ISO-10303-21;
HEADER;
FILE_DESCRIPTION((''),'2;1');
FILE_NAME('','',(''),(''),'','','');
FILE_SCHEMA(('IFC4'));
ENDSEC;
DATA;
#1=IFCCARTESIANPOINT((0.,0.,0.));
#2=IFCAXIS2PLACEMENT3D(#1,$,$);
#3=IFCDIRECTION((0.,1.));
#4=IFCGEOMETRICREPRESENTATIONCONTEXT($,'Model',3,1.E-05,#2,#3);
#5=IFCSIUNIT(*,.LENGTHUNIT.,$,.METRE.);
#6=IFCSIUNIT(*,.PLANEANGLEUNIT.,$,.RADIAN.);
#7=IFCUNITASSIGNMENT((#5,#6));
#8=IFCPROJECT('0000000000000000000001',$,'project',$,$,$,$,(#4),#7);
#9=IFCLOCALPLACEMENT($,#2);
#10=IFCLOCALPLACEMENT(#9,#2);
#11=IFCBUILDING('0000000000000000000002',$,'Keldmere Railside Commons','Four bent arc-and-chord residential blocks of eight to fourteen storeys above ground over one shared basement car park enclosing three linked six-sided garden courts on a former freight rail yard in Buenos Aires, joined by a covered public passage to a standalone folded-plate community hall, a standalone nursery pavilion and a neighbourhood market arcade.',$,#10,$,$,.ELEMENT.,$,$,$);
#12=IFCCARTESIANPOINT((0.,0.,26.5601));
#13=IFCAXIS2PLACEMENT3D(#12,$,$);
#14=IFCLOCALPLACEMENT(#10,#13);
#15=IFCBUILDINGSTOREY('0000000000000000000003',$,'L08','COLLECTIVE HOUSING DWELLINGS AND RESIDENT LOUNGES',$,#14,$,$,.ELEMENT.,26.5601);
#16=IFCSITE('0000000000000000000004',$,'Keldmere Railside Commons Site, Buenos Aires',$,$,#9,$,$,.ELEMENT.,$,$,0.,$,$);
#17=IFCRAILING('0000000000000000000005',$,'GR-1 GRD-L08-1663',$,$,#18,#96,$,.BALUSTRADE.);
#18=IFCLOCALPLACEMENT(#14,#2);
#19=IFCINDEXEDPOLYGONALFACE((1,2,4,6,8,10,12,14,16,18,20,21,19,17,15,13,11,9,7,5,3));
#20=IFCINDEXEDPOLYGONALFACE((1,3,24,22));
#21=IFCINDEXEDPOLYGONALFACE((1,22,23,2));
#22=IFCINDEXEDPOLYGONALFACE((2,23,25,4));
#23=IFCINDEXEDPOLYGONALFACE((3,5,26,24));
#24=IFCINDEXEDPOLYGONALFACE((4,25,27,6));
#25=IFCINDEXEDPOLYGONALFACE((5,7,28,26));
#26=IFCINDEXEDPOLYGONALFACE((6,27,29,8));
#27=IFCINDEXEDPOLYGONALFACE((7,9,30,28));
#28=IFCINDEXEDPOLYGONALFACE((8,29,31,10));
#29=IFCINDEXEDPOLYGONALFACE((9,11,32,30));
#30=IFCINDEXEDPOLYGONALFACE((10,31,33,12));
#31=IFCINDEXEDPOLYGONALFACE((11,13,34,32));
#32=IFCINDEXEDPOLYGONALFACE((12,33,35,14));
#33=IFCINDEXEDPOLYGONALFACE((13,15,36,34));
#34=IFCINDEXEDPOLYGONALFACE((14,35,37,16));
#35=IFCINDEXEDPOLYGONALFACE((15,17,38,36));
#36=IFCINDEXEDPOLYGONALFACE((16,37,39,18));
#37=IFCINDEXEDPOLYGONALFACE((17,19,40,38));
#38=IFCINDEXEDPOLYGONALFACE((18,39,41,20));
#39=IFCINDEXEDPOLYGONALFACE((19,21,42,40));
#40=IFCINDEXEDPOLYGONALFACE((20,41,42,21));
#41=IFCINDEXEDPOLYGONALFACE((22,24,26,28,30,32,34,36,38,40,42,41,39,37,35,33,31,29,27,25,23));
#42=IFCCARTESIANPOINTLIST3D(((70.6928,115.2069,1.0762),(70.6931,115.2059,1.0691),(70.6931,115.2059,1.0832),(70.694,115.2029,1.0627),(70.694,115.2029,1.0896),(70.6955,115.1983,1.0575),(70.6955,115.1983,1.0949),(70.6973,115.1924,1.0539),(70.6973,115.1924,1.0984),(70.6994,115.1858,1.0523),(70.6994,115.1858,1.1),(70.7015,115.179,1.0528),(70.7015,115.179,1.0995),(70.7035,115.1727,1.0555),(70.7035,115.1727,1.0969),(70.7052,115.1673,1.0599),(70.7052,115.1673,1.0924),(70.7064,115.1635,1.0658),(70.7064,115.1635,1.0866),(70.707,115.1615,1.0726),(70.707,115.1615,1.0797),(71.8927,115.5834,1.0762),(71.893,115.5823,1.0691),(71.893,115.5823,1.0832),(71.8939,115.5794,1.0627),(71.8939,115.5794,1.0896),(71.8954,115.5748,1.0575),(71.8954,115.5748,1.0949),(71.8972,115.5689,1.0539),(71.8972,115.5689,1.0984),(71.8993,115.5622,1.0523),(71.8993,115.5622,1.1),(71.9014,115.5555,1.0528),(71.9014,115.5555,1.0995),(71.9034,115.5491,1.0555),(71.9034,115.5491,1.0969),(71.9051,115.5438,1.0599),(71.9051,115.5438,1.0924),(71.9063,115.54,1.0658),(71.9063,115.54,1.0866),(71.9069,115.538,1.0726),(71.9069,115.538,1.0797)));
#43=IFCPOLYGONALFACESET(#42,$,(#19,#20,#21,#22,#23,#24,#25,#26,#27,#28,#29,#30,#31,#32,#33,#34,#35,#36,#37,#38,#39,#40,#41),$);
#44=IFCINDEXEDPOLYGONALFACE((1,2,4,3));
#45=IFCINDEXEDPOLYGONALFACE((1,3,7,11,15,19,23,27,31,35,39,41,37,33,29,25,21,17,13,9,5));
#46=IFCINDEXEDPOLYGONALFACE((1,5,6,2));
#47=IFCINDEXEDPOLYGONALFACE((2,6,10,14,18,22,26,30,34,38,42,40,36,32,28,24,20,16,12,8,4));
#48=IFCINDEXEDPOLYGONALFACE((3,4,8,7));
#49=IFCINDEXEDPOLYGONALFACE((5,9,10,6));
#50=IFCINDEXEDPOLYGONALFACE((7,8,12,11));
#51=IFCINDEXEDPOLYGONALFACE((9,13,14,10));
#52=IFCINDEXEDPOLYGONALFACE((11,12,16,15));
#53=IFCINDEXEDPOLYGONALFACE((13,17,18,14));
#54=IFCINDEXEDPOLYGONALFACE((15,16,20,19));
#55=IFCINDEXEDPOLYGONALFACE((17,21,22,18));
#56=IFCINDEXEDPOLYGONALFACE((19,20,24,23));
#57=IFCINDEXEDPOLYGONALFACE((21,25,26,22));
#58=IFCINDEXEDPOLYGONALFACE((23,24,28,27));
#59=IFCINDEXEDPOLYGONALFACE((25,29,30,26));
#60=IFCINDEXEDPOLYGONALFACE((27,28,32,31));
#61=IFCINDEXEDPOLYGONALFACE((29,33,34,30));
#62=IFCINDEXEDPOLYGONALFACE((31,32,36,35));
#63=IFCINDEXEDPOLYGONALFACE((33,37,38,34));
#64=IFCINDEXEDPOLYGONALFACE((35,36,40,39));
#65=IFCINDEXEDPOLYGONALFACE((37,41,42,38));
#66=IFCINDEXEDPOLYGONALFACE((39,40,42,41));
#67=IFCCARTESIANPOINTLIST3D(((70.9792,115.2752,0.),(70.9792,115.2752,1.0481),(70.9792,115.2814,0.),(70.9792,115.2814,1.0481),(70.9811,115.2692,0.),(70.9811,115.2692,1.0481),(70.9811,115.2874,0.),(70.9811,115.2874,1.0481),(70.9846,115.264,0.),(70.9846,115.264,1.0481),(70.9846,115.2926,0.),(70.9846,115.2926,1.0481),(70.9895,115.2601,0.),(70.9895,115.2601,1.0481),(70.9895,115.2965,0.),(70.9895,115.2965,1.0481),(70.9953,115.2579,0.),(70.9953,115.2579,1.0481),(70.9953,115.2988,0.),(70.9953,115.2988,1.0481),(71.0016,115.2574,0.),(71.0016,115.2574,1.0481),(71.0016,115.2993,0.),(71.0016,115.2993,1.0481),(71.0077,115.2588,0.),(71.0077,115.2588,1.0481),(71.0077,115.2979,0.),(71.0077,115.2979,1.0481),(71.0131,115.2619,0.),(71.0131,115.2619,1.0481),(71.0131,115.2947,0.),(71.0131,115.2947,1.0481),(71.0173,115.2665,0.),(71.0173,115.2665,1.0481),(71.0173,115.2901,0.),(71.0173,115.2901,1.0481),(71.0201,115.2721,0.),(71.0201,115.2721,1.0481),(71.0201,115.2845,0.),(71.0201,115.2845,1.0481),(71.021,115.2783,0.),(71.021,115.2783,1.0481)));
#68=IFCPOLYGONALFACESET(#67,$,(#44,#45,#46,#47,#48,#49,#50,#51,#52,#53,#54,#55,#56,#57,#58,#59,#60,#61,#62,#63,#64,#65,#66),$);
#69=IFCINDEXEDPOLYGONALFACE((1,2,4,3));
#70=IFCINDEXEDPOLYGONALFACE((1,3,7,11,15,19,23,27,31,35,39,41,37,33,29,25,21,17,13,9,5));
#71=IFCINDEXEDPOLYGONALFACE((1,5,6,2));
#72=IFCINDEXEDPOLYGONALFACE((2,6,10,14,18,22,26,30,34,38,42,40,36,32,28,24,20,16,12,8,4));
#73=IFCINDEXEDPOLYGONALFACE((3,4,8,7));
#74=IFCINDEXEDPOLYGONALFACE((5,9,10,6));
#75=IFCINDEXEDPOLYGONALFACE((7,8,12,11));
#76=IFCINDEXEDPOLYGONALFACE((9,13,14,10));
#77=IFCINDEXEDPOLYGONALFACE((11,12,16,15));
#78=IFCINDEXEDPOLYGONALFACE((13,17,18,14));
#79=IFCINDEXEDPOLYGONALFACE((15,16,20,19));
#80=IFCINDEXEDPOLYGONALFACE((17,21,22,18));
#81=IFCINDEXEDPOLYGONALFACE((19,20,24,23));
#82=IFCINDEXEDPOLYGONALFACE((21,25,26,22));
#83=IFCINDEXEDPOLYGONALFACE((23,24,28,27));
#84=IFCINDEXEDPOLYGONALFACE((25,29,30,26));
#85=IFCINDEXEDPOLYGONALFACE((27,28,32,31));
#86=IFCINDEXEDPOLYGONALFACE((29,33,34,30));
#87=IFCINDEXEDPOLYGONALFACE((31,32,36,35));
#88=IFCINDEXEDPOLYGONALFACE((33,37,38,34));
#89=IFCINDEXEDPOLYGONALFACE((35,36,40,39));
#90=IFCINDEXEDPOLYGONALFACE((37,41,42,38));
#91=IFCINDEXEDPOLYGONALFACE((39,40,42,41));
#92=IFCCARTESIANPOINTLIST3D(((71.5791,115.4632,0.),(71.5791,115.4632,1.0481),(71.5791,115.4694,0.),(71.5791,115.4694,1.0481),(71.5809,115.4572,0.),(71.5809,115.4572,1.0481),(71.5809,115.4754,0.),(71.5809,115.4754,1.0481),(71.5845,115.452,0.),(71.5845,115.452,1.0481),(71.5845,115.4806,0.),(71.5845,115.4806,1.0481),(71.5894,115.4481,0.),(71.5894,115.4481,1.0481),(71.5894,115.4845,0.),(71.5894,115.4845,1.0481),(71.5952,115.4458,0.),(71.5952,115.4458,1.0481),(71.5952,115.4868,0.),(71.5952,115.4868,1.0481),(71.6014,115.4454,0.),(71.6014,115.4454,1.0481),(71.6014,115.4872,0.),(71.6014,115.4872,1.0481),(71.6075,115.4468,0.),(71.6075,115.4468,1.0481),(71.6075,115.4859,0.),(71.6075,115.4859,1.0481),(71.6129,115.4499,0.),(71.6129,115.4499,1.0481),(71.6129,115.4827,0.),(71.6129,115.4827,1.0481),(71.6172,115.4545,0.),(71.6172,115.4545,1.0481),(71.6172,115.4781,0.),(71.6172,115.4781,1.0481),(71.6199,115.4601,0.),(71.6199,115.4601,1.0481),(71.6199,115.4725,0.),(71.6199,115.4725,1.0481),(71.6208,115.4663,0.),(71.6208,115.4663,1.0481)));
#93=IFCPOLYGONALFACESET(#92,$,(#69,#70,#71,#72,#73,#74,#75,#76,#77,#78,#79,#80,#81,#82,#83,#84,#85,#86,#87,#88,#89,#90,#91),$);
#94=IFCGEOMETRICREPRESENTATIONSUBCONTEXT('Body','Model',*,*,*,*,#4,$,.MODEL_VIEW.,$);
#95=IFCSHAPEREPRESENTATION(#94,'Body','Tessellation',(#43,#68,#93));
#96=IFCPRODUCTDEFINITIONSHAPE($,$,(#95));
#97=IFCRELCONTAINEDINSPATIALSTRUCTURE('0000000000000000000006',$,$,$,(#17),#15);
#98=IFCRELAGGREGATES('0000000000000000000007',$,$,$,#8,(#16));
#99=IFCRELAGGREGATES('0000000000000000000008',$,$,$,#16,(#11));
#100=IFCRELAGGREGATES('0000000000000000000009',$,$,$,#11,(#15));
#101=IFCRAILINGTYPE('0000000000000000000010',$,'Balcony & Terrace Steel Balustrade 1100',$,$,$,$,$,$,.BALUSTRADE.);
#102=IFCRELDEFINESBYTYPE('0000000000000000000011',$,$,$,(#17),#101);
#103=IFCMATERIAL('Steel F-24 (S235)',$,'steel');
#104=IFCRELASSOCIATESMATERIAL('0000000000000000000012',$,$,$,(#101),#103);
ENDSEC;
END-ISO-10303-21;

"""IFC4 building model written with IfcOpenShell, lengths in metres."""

from ifc_helpers import new_model, si_unit, direction, frame, origin, origin_2d, place, context, subcontext, project, spatial, circle, extrude, material, type_object, element, save


model = new_model("IFC4")

# Units and contexts
model_context = context("Model", 3, precision=1e-05, world=origin(), true_north=direction((0.0, 1.0)))
body_context = subcontext(model_context, "Body", "Model", "MODEL_VIEW")
ifc_project = project(units=[si_unit("LENGTHUNIT", "METRE"), si_unit("PLANEANGLEUNIT", "RADIAN")], contexts=[model_context])

# Site, building, storey
site_placement = place(None, origin())
site = spatial("IfcSite", under=ifc_project, at=site_placement, Name="Keldmere Railside Commons Site, Buenos Aires", CompositionType="ELEMENT", RefElevation=0.0)
building_placement = place(site_placement, origin())
building = spatial("IfcBuilding", under=site, at=building_placement, Name="Keldmere Railside Commons", Description="Four bent arc-and-chord residential blocks of eight to fourteen storeys above ground over one shared basement car park enclosing three linked six-sided garden courts on a former freight rail yard in Buenos Aires, joined by a covered public passage to a standalone folded-plate community hall, a standalone nursery pavilion and a neighbourhood market arcade.", CompositionType="ELEMENT")
storey_placement = place(building_placement, frame((0.0, 0.0, 26.5601)))
storey = spatial("IfcBuildingStorey", under=building, at=storey_placement, Name="L08", Description="COLLECTIVE HOUSING DWELLINGS AND RESIDENT LOUNGES", CompositionType="ELEMENT", Elevation=26.5601)

# Railing
ifc_material_1 = material(Name="Steel F-24 (S235)", Category="steel")
railing_type = type_object("IfcRailingType", Name="Balcony & Terrace Steel Balustrade 1100", PredefinedType="BALUSTRADE", material=ifc_material_1)
railing_1_placement = place(storey_placement, frame((70.7, 115.1841, 0.0)))
element("IfcRailing", 1, at=railing_1_placement, inside=storey, type_object=railing_type, Name="GR-1 GRD-L08-1663", PredefinedType="BALUSTRADE", context=body_context, shape_type="SweptSolid", body=[
    extrude(circle(Radius=0.0239, at=origin_2d()), frame((0.0, 0.0, 1.0762), z_axis=(0.954144, 0.299347, 0.0), x_axis=(-0.299347, 0.954144, 0.0)), (0.0, 0.0, 1.0), 1.2576),
    extrude(circle(Radius=0.021, at=origin_2d()), frame((0.3, 0.0942, 0.0)), (0.0, 0.0, 1.0), 1.0481),
    extrude(circle(Radius=0.021, at=origin_2d()), frame((0.8999, 0.2822, 0.0)), (0.0, 0.0, 1.0), 1.0481),
])

save(model, "model.ifc")
